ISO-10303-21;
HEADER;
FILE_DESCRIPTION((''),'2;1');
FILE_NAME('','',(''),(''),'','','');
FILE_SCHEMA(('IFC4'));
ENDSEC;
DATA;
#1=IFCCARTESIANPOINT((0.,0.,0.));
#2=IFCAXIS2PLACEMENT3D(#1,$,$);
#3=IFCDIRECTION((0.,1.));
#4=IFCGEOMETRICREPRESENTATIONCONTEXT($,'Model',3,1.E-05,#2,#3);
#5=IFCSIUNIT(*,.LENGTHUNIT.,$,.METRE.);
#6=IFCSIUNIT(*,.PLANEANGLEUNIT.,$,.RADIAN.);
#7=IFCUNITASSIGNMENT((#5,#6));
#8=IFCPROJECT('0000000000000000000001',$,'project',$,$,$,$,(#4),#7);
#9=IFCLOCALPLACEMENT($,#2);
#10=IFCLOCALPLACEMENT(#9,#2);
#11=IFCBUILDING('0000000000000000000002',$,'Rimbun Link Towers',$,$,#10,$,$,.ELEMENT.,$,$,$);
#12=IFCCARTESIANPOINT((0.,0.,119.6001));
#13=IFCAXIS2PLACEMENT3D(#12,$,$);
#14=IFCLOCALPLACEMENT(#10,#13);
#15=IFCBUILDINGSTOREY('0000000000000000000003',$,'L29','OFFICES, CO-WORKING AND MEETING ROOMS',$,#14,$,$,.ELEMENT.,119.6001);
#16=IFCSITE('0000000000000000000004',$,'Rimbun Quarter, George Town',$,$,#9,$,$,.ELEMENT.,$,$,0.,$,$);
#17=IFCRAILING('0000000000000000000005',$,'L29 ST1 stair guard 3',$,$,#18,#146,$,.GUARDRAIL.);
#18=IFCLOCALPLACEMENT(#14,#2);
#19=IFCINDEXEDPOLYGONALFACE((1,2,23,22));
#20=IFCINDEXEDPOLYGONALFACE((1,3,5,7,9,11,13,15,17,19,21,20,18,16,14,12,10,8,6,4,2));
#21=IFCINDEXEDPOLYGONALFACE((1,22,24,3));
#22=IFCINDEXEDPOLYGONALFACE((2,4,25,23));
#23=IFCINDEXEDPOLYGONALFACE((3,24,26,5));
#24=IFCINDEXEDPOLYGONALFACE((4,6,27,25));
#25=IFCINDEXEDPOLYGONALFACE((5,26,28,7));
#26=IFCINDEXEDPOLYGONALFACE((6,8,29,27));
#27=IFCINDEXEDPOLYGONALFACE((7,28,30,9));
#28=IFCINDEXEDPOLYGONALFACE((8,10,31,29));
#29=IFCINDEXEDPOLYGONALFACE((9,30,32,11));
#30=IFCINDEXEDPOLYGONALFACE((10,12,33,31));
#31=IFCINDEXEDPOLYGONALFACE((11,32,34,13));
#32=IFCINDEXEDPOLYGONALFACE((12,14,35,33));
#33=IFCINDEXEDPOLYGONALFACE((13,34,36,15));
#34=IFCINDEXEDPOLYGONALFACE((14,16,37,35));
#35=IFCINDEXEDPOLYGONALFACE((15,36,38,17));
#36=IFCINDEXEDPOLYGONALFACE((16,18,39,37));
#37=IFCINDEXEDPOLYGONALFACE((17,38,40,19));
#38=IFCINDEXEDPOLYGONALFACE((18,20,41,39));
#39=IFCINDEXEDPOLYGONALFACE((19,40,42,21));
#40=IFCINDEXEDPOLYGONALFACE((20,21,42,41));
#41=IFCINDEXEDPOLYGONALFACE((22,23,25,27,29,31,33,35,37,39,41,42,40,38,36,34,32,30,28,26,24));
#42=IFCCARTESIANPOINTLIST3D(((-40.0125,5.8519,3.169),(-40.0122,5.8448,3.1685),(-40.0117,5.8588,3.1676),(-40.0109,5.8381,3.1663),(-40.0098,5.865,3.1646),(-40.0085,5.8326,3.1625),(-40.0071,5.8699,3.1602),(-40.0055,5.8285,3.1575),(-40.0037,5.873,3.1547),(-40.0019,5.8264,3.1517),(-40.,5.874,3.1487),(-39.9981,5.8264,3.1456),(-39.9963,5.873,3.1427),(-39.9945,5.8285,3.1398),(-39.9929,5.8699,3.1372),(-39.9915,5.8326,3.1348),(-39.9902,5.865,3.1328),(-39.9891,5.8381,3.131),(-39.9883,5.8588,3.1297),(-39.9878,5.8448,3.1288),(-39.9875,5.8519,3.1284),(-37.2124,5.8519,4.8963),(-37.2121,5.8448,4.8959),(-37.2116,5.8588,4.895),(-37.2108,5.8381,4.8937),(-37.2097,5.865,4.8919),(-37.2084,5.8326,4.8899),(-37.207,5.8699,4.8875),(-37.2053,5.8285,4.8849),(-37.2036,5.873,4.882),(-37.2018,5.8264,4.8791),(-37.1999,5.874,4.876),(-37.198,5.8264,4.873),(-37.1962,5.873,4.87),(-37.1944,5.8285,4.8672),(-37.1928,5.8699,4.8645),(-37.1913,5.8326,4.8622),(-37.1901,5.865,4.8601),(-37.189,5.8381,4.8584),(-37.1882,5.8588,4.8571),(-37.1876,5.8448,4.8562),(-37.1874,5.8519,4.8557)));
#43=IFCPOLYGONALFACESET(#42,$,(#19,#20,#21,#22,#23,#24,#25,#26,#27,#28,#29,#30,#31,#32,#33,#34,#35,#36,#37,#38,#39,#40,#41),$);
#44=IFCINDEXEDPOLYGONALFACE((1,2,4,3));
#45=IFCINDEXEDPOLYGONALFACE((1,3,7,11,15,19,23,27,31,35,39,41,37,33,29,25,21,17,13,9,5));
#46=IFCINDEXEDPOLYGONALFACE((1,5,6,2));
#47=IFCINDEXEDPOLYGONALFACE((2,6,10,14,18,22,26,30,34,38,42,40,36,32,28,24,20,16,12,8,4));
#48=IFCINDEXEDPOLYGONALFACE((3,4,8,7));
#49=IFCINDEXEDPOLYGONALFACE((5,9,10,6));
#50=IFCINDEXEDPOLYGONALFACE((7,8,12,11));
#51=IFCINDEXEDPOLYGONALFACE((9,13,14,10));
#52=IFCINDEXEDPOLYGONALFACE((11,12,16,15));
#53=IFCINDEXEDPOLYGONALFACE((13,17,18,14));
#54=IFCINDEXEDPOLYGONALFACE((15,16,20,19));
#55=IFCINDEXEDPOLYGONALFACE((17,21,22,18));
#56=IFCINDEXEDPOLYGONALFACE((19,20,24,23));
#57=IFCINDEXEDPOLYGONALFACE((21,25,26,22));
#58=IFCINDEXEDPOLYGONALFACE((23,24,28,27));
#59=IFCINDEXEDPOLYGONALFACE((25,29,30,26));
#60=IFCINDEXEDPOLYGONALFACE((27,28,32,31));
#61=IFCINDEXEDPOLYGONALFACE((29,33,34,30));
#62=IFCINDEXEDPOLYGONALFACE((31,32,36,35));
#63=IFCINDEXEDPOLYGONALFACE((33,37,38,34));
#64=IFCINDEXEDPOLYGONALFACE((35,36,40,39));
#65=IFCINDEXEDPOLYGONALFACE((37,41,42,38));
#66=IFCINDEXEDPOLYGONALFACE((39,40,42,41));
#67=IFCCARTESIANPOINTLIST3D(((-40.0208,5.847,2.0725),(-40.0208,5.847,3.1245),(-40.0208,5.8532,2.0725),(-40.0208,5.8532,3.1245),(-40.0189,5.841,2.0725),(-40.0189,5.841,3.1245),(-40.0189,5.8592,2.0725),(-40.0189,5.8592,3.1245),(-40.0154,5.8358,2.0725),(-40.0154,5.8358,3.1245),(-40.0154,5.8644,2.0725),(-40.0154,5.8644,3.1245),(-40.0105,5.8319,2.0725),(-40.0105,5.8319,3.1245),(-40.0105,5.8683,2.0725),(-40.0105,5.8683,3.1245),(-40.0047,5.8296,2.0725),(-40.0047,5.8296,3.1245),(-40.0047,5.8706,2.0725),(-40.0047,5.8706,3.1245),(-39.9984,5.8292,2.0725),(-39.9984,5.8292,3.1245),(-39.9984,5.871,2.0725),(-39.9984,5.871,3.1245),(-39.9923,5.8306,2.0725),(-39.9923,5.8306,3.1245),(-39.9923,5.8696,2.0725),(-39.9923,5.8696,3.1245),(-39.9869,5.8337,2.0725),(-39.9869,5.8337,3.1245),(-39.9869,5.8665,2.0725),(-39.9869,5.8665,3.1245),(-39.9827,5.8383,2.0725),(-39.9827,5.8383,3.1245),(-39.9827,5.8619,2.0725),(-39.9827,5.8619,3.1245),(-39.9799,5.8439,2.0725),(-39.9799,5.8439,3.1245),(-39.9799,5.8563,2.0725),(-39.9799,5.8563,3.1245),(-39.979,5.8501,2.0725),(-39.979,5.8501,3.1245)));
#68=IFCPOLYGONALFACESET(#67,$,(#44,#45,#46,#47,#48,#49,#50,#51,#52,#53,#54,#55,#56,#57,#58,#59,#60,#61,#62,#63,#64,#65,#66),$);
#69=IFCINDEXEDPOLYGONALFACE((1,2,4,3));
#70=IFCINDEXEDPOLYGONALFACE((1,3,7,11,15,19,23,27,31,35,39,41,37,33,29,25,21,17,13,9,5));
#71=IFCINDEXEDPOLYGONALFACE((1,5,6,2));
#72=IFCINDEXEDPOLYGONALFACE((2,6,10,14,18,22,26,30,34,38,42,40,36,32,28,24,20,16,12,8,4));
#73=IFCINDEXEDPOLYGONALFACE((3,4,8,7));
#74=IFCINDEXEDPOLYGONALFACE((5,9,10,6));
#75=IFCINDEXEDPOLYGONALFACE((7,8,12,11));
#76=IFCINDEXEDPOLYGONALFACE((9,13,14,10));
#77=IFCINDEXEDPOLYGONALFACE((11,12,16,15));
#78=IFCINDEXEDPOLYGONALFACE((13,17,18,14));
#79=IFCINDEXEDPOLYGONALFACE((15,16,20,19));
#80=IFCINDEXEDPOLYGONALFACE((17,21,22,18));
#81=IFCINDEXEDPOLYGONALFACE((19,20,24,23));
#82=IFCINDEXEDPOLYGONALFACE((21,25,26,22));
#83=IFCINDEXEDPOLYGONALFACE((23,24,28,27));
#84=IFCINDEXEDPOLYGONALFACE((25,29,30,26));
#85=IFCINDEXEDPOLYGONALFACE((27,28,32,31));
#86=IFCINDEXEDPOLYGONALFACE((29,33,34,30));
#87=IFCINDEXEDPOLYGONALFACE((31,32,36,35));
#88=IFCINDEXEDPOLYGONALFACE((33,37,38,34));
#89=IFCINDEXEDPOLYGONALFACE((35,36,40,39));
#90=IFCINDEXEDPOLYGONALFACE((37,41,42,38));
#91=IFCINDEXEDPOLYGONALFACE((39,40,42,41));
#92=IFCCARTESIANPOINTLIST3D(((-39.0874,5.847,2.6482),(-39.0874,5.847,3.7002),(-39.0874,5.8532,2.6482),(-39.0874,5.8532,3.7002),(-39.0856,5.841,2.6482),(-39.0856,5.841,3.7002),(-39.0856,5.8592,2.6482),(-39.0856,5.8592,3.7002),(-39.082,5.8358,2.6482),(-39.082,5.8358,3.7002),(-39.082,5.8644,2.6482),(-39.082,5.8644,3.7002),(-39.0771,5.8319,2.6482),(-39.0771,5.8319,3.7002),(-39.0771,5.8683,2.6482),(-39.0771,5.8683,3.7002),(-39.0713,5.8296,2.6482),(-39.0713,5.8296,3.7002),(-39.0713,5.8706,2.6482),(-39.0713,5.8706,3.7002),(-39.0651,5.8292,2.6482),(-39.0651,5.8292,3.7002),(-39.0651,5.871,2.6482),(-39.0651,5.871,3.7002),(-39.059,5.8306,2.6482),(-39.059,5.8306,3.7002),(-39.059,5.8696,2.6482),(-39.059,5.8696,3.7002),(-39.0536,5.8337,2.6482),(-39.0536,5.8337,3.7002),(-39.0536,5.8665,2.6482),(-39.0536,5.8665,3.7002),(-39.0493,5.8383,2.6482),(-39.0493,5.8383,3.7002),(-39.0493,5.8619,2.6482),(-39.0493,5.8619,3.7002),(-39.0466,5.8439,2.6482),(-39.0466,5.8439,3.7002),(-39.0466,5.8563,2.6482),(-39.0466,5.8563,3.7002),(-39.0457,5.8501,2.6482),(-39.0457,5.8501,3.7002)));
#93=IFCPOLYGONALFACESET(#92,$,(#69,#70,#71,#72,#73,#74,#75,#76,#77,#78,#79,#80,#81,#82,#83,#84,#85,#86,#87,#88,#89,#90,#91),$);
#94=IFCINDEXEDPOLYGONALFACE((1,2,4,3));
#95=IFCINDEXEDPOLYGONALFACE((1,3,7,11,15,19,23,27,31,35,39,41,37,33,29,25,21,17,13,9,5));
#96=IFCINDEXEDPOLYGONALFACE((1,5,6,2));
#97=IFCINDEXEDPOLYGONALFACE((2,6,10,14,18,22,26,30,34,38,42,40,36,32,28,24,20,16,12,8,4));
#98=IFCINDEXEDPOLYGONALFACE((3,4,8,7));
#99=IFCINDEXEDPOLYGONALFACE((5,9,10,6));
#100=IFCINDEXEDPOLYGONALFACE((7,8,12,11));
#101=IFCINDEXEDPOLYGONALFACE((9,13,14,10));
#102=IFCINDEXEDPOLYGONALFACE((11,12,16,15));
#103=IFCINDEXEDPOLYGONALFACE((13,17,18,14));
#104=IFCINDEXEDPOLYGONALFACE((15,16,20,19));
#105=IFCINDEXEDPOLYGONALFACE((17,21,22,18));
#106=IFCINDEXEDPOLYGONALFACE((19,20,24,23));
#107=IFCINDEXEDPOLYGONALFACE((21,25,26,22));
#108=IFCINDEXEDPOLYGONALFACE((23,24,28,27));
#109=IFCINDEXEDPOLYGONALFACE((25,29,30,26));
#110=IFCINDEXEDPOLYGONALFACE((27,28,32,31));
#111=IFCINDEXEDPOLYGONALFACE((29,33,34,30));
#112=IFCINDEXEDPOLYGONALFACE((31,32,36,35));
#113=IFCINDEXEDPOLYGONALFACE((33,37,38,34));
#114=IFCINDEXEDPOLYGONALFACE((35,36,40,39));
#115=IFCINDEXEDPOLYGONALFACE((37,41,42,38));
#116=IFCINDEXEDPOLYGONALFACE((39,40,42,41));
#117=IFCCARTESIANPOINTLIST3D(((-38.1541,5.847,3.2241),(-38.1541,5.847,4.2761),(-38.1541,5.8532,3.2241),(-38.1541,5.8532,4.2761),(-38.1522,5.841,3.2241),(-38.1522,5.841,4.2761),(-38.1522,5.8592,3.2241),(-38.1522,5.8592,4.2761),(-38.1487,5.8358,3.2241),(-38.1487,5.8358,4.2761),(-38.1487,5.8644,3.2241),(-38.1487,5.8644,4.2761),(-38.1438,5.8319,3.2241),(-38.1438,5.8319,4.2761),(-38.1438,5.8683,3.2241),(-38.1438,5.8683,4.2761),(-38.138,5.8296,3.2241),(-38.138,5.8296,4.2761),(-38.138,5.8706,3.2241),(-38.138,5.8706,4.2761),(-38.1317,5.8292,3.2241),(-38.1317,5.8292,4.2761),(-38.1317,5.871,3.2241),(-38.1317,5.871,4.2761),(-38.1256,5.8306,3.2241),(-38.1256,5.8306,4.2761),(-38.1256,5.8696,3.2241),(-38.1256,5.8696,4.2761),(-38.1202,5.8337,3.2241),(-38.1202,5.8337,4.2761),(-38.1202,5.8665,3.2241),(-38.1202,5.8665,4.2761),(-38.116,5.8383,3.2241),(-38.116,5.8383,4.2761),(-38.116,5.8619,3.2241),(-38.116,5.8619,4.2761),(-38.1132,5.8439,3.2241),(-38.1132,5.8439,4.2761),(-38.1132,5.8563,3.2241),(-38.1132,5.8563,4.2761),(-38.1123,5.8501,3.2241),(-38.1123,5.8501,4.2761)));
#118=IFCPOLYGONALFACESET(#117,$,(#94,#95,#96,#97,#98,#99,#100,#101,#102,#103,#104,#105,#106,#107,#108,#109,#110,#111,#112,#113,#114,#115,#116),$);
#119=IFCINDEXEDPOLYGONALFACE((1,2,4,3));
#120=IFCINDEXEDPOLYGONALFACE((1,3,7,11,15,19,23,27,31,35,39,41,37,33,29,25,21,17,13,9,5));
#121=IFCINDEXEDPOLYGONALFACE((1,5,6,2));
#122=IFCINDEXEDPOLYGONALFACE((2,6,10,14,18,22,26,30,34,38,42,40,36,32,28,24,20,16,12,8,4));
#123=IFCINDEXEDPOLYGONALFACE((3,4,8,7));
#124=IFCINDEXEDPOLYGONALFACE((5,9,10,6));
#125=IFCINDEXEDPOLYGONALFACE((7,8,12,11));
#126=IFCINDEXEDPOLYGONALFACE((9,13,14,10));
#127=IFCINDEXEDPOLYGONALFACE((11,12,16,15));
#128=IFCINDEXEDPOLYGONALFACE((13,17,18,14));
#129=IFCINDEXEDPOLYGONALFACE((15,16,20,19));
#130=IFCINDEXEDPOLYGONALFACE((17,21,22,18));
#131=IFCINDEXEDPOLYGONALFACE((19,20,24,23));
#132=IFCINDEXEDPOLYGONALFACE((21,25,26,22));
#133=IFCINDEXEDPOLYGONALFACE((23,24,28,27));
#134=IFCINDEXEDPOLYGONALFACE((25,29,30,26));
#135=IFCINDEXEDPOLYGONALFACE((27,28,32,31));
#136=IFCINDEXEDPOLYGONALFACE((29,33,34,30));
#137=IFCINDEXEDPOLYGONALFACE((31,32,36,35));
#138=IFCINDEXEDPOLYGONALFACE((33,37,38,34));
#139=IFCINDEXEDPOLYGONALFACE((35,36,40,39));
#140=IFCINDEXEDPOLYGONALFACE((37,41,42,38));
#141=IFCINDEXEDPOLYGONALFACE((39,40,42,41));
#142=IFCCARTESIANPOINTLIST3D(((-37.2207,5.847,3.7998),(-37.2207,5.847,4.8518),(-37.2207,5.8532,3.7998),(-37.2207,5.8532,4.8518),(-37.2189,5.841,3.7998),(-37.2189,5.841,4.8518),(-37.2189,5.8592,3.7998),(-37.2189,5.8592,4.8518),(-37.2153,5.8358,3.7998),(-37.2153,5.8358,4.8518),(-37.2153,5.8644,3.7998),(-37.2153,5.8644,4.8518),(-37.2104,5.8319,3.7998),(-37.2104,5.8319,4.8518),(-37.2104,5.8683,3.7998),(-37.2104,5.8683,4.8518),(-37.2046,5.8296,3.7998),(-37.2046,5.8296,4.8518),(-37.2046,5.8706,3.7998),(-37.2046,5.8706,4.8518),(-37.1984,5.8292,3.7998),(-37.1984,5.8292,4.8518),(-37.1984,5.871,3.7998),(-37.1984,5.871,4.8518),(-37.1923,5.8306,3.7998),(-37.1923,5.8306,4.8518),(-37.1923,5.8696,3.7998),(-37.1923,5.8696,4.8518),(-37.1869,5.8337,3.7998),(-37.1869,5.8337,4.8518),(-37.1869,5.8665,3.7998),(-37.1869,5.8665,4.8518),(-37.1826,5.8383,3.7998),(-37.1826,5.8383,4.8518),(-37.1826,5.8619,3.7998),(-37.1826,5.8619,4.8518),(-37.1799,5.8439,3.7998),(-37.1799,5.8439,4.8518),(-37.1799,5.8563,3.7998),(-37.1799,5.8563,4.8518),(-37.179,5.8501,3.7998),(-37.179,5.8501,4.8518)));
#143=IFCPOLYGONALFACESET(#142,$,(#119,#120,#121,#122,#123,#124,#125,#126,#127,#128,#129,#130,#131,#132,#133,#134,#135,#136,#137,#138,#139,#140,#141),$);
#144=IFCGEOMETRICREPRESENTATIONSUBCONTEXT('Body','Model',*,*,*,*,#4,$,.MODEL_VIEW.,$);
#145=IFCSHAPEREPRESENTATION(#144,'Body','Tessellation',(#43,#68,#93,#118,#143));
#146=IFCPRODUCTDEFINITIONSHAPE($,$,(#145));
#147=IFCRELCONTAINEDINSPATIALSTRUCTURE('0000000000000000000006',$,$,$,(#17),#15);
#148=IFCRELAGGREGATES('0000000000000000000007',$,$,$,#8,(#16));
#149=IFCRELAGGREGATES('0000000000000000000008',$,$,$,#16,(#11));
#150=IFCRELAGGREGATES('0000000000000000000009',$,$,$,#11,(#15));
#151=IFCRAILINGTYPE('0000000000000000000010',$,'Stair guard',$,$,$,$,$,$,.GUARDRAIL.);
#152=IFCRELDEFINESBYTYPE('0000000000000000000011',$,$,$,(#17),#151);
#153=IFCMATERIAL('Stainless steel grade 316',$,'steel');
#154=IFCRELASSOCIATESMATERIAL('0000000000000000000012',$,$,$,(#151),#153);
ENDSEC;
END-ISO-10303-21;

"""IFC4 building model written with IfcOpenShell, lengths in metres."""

from ifc_helpers import new_model, si_unit, direction, frame, origin, origin_2d, place, context, subcontext, project, spatial, circle, extrude, material, type_object, element, save


model = new_model("IFC4")

# Units and contexts
model_context = context("Model", 3, precision=1e-05, world=origin(), true_north=direction((0.0, 1.0)))
body_context = subcontext(model_context, "Body", "Model", "MODEL_VIEW")
ifc_project = project(units=[si_unit("LENGTHUNIT", "METRE"), si_unit("PLANEANGLEUNIT", "RADIAN")], contexts=[model_context])

# Site, building, storey
site_placement = place(None, origin())
site = spatial("IfcSite", under=ifc_project, at=site_placement, Name="Rimbun Quarter, George Town", CompositionType="ELEMENT", RefElevation=0.0)
building_placement = place(site_placement, origin())
building = spatial("IfcBuilding", under=site, at=building_placement, Name="Rimbun Link Towers", CompositionType="ELEMENT")
storey_placement = place(building_placement, frame((0.0, 0.0, 119.6001)))
storey = spatial("IfcBuildingStorey", under=building, at=storey_placement, Name="L29", Description="OFFICES, CO-WORKING AND MEETING ROOMS", CompositionType="ELEMENT", Elevation=119.6001)

# Railing
ifc_material_1 = material(Name="Stainless steel grade 316", Category="steel")
railing_type_1 = type_object("IfcRailingType", Name="Stair guard", PredefinedType="GUARDRAIL", material=ifc_material_1)
railing_1_placement = place(storey_placement, frame((-40.0, 5.8501, 2.0725)))
element("IfcRailing", 1, at=railing_1_placement, inside=storey, type_object=railing_type_1, Name="L29 ST1 stair guard 3", PredefinedType="GUARDRAIL", context=body_context, shape_type="SweptSolid", body=[
    extrude(circle(Radius=0.0239, at=origin_2d()), frame((0.0, 0.0, 1.0762), z_axis=(0.85109, 0.0, 0.52502), x_axis=(0.0, 1.0, 0.0)), (0.0, 0.0, 1.0), 3.29),
    extrude(circle(Radius=0.021, at=origin_2d()), origin(), (0.0, 0.0, 1.0), 1.052),
    extrude(circle(Radius=0.021, at=origin_2d()), frame((0.9333, 0.0, 0.5757)), (0.0, 0.0, 1.0), 1.052),
    extrude(circle(Radius=0.021, at=origin_2d()), frame((1.8667, 0.0, 1.1516)), (0.0, 0.0, 1.0), 1.052),
    extrude(circle(Radius=0.021, at=origin_2d()), frame((2.8, 0.0, 1.7273)), (0.0, 0.0, 1.0), 1.052),
])

save(model, "model.ifc")
